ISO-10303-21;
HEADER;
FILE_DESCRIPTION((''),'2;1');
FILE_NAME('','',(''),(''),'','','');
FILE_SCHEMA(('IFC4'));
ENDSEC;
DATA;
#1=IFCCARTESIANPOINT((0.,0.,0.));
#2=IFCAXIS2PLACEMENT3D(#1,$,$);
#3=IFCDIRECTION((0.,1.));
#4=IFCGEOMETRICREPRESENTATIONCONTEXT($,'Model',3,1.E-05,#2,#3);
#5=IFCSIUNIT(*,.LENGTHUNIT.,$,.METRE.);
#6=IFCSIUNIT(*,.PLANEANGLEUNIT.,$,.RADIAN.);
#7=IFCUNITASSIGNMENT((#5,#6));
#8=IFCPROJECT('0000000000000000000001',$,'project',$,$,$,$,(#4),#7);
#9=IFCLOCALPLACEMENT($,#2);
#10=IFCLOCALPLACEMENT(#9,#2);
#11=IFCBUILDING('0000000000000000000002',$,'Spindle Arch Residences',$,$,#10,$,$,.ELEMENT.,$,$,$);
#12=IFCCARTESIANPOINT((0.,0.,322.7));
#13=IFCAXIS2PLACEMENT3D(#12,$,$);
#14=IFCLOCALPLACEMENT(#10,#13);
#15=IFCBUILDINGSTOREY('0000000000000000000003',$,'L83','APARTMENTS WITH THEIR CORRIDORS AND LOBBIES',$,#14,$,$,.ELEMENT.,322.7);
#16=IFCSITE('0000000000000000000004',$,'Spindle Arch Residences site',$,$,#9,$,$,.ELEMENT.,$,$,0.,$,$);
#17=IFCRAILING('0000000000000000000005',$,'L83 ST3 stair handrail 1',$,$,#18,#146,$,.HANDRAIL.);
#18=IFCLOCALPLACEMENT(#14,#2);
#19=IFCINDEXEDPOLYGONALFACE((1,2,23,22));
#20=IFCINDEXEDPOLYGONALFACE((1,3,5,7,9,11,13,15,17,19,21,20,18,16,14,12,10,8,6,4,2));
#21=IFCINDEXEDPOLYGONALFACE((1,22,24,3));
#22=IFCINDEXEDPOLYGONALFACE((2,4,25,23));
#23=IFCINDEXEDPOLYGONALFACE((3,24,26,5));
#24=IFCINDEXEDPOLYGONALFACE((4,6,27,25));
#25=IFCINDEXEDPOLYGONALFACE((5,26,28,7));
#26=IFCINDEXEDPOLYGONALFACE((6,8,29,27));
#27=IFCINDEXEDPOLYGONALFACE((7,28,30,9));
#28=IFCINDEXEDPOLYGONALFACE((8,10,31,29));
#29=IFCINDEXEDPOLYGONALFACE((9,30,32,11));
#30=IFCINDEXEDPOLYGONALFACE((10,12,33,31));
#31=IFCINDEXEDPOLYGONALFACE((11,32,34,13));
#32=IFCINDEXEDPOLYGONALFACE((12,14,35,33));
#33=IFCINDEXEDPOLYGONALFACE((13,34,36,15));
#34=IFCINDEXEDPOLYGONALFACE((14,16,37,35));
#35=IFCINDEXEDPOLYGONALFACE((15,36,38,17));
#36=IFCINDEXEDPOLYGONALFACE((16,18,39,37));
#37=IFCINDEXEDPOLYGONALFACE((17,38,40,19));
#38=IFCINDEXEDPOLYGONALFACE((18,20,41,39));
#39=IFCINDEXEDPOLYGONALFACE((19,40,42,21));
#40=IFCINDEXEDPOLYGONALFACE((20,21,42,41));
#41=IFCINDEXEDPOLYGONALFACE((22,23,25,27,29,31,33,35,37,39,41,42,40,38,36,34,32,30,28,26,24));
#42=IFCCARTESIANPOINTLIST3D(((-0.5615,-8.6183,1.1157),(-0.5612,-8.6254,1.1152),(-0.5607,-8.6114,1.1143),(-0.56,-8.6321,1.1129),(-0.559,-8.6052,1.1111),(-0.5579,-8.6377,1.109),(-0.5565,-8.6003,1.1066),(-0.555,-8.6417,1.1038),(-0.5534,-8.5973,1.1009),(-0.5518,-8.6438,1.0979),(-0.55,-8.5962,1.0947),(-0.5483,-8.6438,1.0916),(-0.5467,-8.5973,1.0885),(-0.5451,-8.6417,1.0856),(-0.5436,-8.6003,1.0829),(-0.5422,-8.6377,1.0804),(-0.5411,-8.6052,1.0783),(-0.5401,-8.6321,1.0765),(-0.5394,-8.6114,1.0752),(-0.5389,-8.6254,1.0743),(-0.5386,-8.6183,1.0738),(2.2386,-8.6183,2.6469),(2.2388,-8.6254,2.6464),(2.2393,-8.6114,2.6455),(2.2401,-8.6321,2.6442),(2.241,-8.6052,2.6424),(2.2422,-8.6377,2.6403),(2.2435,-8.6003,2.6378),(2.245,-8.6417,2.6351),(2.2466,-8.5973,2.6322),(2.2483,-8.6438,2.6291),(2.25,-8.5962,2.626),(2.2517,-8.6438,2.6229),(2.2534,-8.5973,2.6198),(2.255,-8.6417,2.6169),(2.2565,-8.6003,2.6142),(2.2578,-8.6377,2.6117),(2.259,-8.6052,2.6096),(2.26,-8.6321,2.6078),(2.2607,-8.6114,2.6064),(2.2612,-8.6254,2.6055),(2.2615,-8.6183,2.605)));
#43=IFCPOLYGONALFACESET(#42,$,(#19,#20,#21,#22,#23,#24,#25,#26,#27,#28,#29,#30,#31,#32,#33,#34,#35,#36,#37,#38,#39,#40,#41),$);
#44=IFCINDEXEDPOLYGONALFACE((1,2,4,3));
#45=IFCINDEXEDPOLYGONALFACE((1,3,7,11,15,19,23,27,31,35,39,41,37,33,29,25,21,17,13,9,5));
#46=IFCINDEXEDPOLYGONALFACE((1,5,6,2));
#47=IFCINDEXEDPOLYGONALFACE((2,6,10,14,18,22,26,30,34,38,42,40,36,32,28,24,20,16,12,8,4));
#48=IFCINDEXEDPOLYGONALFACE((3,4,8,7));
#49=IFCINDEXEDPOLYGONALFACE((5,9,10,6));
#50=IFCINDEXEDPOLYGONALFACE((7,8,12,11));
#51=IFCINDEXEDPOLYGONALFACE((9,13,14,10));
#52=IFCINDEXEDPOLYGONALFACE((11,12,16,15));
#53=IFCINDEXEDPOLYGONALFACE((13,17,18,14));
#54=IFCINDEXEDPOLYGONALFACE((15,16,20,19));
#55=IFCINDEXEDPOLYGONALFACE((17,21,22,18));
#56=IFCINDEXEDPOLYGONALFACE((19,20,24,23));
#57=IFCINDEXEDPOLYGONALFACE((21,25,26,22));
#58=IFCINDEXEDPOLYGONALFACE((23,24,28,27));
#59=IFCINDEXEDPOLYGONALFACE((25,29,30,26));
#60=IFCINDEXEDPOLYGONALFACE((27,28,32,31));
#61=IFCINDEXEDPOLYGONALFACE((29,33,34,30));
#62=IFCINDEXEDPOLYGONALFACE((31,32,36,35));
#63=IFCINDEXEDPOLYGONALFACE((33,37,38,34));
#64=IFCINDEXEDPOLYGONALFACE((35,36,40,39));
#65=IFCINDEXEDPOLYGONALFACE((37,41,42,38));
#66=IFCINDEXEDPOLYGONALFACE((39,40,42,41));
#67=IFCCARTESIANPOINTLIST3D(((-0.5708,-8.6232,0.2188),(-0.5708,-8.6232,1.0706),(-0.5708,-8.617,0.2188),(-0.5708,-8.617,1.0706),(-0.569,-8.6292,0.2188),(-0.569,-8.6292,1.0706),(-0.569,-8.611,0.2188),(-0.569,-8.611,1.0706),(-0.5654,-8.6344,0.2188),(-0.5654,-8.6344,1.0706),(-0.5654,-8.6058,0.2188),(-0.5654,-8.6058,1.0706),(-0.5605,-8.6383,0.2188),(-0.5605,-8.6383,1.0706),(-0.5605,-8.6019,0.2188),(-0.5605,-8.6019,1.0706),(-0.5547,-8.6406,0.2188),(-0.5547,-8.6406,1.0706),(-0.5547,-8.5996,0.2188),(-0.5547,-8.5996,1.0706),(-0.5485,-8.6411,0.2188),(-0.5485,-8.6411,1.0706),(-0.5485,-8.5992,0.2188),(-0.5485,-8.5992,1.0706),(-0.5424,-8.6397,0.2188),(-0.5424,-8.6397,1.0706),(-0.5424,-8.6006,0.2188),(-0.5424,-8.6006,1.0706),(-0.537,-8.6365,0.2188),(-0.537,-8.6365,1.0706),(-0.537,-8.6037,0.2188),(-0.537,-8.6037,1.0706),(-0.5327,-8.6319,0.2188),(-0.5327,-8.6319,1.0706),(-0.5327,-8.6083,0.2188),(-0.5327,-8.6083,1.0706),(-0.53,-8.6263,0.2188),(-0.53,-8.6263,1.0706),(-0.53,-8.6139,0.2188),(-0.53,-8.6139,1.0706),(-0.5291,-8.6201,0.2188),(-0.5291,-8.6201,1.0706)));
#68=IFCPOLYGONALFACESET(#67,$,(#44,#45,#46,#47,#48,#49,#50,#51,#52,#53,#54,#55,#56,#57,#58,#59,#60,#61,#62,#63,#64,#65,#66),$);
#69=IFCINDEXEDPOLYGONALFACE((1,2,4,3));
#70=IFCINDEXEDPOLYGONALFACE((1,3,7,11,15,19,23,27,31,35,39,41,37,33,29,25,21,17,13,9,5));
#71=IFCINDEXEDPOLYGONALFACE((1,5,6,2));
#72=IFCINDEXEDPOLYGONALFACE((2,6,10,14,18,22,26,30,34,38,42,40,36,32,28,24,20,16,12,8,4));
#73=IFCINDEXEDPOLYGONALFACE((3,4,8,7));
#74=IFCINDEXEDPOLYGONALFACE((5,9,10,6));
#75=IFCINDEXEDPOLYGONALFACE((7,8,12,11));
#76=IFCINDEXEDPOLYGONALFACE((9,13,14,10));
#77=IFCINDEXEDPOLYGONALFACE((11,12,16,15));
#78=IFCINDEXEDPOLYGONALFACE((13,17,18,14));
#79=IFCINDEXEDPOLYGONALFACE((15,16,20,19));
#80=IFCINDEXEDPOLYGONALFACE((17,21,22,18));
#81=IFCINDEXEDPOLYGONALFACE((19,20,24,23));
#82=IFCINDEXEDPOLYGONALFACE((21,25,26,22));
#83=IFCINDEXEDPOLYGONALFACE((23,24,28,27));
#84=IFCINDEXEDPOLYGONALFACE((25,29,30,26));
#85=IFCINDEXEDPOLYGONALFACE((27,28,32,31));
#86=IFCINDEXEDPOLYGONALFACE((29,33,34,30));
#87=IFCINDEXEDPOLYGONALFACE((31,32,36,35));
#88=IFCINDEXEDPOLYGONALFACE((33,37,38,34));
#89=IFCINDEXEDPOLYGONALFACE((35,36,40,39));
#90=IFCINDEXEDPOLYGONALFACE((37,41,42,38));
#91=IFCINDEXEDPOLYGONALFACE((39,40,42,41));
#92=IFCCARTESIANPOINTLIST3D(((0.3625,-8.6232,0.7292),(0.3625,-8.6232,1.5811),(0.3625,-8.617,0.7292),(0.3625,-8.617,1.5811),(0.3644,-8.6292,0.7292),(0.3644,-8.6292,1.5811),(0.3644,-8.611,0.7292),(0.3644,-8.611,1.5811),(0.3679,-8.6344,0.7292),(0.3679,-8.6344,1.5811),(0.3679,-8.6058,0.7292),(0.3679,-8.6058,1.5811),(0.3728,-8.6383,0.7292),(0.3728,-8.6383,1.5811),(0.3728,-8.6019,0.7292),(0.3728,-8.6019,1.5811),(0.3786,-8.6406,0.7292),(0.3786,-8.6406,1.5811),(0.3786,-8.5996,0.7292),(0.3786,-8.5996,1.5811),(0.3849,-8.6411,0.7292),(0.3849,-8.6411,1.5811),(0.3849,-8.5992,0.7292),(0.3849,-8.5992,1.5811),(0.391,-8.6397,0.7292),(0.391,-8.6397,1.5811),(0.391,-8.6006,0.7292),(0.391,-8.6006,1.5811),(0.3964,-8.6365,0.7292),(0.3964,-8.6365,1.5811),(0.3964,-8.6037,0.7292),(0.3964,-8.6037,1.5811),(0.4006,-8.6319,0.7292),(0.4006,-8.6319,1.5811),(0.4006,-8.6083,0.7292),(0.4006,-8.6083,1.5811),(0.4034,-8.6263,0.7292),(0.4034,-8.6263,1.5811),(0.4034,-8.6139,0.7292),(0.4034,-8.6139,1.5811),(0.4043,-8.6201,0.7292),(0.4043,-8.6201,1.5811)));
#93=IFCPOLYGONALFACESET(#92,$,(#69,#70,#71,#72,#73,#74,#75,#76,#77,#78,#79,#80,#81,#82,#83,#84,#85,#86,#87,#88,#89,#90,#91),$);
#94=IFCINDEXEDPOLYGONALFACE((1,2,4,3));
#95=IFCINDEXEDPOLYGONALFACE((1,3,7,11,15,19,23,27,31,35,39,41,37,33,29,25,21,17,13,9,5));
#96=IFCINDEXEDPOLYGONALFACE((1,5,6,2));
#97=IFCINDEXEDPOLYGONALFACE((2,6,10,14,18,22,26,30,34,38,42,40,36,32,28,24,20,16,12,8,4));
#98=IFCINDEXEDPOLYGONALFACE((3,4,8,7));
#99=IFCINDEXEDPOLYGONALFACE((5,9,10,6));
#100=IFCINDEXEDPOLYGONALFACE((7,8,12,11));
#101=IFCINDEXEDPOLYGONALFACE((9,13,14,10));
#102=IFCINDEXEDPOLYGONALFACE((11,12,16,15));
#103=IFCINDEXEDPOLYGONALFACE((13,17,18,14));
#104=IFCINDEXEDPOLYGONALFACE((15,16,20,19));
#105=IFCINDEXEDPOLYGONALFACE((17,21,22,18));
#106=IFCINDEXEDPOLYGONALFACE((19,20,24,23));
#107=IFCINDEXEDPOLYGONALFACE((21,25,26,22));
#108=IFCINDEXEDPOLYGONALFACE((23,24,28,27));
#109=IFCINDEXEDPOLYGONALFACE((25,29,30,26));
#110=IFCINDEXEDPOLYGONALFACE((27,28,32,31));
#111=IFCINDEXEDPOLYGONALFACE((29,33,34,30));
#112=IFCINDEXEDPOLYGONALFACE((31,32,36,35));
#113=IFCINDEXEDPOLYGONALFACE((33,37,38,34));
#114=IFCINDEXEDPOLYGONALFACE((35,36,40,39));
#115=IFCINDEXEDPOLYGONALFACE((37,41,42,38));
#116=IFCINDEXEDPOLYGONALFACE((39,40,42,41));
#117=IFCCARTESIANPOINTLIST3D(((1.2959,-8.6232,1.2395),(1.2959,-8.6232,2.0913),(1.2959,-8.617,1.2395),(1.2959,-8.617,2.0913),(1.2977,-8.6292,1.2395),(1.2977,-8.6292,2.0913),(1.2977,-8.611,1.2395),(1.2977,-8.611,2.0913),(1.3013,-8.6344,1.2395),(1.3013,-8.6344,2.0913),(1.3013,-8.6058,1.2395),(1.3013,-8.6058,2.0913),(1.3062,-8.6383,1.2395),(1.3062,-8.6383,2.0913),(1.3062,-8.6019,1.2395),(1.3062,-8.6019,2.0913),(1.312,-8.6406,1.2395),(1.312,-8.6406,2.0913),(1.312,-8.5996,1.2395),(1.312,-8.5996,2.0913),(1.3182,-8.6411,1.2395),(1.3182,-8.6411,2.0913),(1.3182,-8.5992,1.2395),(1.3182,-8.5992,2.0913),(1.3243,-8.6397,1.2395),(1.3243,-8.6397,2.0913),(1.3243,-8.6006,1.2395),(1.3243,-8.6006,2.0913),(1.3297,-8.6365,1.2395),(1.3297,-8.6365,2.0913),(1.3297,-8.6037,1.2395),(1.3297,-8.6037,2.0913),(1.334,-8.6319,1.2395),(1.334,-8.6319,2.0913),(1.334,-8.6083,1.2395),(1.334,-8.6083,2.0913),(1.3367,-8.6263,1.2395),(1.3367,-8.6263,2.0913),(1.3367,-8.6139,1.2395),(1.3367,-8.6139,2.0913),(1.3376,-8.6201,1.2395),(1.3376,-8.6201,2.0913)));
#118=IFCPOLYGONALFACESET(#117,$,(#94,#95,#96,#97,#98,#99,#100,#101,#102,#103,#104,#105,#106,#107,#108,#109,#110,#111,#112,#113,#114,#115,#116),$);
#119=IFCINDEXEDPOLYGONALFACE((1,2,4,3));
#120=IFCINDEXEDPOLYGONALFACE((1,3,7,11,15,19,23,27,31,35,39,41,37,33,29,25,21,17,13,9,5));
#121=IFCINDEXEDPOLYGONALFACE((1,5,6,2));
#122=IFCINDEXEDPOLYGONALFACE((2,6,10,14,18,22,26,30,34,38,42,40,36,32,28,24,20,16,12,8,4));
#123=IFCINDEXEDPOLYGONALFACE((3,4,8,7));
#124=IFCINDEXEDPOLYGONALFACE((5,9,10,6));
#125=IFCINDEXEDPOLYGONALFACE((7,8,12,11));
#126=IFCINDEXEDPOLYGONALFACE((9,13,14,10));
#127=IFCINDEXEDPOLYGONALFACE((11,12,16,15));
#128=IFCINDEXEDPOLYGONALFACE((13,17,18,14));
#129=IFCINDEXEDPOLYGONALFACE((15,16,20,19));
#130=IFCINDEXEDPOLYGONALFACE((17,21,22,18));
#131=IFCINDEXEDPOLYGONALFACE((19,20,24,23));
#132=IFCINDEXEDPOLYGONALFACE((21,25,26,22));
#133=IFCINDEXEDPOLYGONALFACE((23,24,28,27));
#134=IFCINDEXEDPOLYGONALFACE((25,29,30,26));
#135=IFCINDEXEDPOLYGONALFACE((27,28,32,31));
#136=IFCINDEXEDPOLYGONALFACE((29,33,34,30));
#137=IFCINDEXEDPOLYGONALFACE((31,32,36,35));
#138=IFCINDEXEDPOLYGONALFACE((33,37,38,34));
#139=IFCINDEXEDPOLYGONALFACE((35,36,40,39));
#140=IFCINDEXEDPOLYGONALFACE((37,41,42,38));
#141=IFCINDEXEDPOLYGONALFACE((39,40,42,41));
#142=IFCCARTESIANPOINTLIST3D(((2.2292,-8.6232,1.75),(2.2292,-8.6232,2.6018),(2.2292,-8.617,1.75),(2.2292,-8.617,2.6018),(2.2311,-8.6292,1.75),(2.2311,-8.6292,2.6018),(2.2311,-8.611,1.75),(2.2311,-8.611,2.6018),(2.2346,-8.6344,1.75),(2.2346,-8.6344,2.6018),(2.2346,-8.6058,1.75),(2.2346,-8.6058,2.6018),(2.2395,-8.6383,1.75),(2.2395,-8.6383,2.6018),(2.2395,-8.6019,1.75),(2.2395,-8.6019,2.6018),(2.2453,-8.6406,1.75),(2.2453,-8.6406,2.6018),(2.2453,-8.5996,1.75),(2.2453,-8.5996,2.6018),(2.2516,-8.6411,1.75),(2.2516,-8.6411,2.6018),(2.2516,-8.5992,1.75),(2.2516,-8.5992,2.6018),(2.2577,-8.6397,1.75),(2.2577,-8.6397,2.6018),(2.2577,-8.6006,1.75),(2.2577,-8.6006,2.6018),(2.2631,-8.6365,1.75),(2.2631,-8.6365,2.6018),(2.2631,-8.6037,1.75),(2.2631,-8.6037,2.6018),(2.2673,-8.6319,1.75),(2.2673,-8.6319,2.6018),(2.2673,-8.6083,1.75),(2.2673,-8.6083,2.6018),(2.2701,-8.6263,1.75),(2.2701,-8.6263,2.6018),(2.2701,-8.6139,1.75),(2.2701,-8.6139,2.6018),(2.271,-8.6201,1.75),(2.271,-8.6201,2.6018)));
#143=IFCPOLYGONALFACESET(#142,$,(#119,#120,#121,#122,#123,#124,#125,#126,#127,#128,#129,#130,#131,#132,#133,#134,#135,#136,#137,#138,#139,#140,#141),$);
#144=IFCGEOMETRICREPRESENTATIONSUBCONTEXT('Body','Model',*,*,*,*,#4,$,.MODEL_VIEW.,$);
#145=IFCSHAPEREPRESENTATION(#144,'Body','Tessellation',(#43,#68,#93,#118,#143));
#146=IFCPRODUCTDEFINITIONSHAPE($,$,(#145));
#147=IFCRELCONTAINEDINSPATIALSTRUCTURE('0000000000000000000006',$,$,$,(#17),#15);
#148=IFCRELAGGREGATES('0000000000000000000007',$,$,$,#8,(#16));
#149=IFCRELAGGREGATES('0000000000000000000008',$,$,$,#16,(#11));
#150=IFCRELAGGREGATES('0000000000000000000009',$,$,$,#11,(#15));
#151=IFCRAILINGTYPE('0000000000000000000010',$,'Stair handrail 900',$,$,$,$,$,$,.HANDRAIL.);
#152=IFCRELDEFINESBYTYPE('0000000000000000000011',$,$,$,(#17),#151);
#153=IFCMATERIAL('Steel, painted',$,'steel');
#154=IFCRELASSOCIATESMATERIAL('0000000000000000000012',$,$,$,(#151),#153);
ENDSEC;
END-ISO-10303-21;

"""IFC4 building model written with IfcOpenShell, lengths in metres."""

from ifc_helpers import new_model, si_unit, direction, frame, origin, origin_2d, place, context, subcontext, project, spatial, circle, extrude, material, type_object, element, save


model = new_model("IFC4")

# Units and contexts
model_context = context("Model", 3, precision=1e-05, world=origin(), true_north=direction((0.0, 1.0)))
body_context = subcontext(model_context, "Body", "Model", "MODEL_VIEW")
ifc_project = project(units=[si_unit("LENGTHUNIT", "METRE"), si_unit("PLANEANGLEUNIT", "RADIAN")], contexts=[model_context])

# Site, building, storey
site_placement = place(None, origin())
site = spatial("IfcSite", under=ifc_project, at=site_placement, Name="Spindle Arch Residences site", CompositionType="ELEMENT", RefElevation=0.0)
building_placement = place(site_placement, origin())
building = spatial("IfcBuilding", under=site, at=building_placement, Name="Spindle Arch Residences", CompositionType="ELEMENT")
storey_placement = place(building_placement, frame((0.0, 0.0, 322.7)))
storey = spatial("IfcBuildingStorey", under=building, at=storey_placement, Name="L83", Description="APARTMENTS WITH THEIR CORRIDORS AND LOBBIES", CompositionType="ELEMENT", Elevation=322.7)

# Railing
ifc_material_1 = material(Name="Steel, painted", Category="steel")
railing_type = type_object("IfcRailingType", Name="Stair handrail 900", PredefinedType="HANDRAIL", material=ifc_material_1)
railing_placement = place(storey_placement, frame((-0.55, -8.6201, 0.2188)))
element("IfcRailing", 1, at=railing_placement, inside=storey, type_object=railing_type, Name="L83 ST3 stair handrail 1", PredefinedType="HANDRAIL", context=body_context, shape_type="SweptSolid", body=[
    extrude(circle(Radius=0.0239, at=origin_2d()), frame((0.0, 0.0, 0.876), z_axis=(0.877375, 0.0, 0.479806), x_axis=(0.0, 1.0, 0.0)), (0.0, 0.0, 1.0), 3.1914),
    extrude(circle(Radius=0.021, at=origin_2d()), origin(), (0.0, 0.0, 1.0), 0.8518),
    extrude(circle(Radius=0.021, at=origin_2d()), frame((0.9333, 0.0, 0.5105)), (0.0, 0.0, 1.0), 0.8518),
    extrude(circle(Radius=0.021, at=origin_2d()), frame((1.8667, 0.0, 1.0208)), (0.0, 0.0, 1.0), 0.8518),
    extrude(circle(Radius=0.021, at=origin_2d()), frame((2.8, 0.0, 1.5312)), (0.0, 0.0, 1.0), 0.8518),
])

save(model, "model.ifc")
